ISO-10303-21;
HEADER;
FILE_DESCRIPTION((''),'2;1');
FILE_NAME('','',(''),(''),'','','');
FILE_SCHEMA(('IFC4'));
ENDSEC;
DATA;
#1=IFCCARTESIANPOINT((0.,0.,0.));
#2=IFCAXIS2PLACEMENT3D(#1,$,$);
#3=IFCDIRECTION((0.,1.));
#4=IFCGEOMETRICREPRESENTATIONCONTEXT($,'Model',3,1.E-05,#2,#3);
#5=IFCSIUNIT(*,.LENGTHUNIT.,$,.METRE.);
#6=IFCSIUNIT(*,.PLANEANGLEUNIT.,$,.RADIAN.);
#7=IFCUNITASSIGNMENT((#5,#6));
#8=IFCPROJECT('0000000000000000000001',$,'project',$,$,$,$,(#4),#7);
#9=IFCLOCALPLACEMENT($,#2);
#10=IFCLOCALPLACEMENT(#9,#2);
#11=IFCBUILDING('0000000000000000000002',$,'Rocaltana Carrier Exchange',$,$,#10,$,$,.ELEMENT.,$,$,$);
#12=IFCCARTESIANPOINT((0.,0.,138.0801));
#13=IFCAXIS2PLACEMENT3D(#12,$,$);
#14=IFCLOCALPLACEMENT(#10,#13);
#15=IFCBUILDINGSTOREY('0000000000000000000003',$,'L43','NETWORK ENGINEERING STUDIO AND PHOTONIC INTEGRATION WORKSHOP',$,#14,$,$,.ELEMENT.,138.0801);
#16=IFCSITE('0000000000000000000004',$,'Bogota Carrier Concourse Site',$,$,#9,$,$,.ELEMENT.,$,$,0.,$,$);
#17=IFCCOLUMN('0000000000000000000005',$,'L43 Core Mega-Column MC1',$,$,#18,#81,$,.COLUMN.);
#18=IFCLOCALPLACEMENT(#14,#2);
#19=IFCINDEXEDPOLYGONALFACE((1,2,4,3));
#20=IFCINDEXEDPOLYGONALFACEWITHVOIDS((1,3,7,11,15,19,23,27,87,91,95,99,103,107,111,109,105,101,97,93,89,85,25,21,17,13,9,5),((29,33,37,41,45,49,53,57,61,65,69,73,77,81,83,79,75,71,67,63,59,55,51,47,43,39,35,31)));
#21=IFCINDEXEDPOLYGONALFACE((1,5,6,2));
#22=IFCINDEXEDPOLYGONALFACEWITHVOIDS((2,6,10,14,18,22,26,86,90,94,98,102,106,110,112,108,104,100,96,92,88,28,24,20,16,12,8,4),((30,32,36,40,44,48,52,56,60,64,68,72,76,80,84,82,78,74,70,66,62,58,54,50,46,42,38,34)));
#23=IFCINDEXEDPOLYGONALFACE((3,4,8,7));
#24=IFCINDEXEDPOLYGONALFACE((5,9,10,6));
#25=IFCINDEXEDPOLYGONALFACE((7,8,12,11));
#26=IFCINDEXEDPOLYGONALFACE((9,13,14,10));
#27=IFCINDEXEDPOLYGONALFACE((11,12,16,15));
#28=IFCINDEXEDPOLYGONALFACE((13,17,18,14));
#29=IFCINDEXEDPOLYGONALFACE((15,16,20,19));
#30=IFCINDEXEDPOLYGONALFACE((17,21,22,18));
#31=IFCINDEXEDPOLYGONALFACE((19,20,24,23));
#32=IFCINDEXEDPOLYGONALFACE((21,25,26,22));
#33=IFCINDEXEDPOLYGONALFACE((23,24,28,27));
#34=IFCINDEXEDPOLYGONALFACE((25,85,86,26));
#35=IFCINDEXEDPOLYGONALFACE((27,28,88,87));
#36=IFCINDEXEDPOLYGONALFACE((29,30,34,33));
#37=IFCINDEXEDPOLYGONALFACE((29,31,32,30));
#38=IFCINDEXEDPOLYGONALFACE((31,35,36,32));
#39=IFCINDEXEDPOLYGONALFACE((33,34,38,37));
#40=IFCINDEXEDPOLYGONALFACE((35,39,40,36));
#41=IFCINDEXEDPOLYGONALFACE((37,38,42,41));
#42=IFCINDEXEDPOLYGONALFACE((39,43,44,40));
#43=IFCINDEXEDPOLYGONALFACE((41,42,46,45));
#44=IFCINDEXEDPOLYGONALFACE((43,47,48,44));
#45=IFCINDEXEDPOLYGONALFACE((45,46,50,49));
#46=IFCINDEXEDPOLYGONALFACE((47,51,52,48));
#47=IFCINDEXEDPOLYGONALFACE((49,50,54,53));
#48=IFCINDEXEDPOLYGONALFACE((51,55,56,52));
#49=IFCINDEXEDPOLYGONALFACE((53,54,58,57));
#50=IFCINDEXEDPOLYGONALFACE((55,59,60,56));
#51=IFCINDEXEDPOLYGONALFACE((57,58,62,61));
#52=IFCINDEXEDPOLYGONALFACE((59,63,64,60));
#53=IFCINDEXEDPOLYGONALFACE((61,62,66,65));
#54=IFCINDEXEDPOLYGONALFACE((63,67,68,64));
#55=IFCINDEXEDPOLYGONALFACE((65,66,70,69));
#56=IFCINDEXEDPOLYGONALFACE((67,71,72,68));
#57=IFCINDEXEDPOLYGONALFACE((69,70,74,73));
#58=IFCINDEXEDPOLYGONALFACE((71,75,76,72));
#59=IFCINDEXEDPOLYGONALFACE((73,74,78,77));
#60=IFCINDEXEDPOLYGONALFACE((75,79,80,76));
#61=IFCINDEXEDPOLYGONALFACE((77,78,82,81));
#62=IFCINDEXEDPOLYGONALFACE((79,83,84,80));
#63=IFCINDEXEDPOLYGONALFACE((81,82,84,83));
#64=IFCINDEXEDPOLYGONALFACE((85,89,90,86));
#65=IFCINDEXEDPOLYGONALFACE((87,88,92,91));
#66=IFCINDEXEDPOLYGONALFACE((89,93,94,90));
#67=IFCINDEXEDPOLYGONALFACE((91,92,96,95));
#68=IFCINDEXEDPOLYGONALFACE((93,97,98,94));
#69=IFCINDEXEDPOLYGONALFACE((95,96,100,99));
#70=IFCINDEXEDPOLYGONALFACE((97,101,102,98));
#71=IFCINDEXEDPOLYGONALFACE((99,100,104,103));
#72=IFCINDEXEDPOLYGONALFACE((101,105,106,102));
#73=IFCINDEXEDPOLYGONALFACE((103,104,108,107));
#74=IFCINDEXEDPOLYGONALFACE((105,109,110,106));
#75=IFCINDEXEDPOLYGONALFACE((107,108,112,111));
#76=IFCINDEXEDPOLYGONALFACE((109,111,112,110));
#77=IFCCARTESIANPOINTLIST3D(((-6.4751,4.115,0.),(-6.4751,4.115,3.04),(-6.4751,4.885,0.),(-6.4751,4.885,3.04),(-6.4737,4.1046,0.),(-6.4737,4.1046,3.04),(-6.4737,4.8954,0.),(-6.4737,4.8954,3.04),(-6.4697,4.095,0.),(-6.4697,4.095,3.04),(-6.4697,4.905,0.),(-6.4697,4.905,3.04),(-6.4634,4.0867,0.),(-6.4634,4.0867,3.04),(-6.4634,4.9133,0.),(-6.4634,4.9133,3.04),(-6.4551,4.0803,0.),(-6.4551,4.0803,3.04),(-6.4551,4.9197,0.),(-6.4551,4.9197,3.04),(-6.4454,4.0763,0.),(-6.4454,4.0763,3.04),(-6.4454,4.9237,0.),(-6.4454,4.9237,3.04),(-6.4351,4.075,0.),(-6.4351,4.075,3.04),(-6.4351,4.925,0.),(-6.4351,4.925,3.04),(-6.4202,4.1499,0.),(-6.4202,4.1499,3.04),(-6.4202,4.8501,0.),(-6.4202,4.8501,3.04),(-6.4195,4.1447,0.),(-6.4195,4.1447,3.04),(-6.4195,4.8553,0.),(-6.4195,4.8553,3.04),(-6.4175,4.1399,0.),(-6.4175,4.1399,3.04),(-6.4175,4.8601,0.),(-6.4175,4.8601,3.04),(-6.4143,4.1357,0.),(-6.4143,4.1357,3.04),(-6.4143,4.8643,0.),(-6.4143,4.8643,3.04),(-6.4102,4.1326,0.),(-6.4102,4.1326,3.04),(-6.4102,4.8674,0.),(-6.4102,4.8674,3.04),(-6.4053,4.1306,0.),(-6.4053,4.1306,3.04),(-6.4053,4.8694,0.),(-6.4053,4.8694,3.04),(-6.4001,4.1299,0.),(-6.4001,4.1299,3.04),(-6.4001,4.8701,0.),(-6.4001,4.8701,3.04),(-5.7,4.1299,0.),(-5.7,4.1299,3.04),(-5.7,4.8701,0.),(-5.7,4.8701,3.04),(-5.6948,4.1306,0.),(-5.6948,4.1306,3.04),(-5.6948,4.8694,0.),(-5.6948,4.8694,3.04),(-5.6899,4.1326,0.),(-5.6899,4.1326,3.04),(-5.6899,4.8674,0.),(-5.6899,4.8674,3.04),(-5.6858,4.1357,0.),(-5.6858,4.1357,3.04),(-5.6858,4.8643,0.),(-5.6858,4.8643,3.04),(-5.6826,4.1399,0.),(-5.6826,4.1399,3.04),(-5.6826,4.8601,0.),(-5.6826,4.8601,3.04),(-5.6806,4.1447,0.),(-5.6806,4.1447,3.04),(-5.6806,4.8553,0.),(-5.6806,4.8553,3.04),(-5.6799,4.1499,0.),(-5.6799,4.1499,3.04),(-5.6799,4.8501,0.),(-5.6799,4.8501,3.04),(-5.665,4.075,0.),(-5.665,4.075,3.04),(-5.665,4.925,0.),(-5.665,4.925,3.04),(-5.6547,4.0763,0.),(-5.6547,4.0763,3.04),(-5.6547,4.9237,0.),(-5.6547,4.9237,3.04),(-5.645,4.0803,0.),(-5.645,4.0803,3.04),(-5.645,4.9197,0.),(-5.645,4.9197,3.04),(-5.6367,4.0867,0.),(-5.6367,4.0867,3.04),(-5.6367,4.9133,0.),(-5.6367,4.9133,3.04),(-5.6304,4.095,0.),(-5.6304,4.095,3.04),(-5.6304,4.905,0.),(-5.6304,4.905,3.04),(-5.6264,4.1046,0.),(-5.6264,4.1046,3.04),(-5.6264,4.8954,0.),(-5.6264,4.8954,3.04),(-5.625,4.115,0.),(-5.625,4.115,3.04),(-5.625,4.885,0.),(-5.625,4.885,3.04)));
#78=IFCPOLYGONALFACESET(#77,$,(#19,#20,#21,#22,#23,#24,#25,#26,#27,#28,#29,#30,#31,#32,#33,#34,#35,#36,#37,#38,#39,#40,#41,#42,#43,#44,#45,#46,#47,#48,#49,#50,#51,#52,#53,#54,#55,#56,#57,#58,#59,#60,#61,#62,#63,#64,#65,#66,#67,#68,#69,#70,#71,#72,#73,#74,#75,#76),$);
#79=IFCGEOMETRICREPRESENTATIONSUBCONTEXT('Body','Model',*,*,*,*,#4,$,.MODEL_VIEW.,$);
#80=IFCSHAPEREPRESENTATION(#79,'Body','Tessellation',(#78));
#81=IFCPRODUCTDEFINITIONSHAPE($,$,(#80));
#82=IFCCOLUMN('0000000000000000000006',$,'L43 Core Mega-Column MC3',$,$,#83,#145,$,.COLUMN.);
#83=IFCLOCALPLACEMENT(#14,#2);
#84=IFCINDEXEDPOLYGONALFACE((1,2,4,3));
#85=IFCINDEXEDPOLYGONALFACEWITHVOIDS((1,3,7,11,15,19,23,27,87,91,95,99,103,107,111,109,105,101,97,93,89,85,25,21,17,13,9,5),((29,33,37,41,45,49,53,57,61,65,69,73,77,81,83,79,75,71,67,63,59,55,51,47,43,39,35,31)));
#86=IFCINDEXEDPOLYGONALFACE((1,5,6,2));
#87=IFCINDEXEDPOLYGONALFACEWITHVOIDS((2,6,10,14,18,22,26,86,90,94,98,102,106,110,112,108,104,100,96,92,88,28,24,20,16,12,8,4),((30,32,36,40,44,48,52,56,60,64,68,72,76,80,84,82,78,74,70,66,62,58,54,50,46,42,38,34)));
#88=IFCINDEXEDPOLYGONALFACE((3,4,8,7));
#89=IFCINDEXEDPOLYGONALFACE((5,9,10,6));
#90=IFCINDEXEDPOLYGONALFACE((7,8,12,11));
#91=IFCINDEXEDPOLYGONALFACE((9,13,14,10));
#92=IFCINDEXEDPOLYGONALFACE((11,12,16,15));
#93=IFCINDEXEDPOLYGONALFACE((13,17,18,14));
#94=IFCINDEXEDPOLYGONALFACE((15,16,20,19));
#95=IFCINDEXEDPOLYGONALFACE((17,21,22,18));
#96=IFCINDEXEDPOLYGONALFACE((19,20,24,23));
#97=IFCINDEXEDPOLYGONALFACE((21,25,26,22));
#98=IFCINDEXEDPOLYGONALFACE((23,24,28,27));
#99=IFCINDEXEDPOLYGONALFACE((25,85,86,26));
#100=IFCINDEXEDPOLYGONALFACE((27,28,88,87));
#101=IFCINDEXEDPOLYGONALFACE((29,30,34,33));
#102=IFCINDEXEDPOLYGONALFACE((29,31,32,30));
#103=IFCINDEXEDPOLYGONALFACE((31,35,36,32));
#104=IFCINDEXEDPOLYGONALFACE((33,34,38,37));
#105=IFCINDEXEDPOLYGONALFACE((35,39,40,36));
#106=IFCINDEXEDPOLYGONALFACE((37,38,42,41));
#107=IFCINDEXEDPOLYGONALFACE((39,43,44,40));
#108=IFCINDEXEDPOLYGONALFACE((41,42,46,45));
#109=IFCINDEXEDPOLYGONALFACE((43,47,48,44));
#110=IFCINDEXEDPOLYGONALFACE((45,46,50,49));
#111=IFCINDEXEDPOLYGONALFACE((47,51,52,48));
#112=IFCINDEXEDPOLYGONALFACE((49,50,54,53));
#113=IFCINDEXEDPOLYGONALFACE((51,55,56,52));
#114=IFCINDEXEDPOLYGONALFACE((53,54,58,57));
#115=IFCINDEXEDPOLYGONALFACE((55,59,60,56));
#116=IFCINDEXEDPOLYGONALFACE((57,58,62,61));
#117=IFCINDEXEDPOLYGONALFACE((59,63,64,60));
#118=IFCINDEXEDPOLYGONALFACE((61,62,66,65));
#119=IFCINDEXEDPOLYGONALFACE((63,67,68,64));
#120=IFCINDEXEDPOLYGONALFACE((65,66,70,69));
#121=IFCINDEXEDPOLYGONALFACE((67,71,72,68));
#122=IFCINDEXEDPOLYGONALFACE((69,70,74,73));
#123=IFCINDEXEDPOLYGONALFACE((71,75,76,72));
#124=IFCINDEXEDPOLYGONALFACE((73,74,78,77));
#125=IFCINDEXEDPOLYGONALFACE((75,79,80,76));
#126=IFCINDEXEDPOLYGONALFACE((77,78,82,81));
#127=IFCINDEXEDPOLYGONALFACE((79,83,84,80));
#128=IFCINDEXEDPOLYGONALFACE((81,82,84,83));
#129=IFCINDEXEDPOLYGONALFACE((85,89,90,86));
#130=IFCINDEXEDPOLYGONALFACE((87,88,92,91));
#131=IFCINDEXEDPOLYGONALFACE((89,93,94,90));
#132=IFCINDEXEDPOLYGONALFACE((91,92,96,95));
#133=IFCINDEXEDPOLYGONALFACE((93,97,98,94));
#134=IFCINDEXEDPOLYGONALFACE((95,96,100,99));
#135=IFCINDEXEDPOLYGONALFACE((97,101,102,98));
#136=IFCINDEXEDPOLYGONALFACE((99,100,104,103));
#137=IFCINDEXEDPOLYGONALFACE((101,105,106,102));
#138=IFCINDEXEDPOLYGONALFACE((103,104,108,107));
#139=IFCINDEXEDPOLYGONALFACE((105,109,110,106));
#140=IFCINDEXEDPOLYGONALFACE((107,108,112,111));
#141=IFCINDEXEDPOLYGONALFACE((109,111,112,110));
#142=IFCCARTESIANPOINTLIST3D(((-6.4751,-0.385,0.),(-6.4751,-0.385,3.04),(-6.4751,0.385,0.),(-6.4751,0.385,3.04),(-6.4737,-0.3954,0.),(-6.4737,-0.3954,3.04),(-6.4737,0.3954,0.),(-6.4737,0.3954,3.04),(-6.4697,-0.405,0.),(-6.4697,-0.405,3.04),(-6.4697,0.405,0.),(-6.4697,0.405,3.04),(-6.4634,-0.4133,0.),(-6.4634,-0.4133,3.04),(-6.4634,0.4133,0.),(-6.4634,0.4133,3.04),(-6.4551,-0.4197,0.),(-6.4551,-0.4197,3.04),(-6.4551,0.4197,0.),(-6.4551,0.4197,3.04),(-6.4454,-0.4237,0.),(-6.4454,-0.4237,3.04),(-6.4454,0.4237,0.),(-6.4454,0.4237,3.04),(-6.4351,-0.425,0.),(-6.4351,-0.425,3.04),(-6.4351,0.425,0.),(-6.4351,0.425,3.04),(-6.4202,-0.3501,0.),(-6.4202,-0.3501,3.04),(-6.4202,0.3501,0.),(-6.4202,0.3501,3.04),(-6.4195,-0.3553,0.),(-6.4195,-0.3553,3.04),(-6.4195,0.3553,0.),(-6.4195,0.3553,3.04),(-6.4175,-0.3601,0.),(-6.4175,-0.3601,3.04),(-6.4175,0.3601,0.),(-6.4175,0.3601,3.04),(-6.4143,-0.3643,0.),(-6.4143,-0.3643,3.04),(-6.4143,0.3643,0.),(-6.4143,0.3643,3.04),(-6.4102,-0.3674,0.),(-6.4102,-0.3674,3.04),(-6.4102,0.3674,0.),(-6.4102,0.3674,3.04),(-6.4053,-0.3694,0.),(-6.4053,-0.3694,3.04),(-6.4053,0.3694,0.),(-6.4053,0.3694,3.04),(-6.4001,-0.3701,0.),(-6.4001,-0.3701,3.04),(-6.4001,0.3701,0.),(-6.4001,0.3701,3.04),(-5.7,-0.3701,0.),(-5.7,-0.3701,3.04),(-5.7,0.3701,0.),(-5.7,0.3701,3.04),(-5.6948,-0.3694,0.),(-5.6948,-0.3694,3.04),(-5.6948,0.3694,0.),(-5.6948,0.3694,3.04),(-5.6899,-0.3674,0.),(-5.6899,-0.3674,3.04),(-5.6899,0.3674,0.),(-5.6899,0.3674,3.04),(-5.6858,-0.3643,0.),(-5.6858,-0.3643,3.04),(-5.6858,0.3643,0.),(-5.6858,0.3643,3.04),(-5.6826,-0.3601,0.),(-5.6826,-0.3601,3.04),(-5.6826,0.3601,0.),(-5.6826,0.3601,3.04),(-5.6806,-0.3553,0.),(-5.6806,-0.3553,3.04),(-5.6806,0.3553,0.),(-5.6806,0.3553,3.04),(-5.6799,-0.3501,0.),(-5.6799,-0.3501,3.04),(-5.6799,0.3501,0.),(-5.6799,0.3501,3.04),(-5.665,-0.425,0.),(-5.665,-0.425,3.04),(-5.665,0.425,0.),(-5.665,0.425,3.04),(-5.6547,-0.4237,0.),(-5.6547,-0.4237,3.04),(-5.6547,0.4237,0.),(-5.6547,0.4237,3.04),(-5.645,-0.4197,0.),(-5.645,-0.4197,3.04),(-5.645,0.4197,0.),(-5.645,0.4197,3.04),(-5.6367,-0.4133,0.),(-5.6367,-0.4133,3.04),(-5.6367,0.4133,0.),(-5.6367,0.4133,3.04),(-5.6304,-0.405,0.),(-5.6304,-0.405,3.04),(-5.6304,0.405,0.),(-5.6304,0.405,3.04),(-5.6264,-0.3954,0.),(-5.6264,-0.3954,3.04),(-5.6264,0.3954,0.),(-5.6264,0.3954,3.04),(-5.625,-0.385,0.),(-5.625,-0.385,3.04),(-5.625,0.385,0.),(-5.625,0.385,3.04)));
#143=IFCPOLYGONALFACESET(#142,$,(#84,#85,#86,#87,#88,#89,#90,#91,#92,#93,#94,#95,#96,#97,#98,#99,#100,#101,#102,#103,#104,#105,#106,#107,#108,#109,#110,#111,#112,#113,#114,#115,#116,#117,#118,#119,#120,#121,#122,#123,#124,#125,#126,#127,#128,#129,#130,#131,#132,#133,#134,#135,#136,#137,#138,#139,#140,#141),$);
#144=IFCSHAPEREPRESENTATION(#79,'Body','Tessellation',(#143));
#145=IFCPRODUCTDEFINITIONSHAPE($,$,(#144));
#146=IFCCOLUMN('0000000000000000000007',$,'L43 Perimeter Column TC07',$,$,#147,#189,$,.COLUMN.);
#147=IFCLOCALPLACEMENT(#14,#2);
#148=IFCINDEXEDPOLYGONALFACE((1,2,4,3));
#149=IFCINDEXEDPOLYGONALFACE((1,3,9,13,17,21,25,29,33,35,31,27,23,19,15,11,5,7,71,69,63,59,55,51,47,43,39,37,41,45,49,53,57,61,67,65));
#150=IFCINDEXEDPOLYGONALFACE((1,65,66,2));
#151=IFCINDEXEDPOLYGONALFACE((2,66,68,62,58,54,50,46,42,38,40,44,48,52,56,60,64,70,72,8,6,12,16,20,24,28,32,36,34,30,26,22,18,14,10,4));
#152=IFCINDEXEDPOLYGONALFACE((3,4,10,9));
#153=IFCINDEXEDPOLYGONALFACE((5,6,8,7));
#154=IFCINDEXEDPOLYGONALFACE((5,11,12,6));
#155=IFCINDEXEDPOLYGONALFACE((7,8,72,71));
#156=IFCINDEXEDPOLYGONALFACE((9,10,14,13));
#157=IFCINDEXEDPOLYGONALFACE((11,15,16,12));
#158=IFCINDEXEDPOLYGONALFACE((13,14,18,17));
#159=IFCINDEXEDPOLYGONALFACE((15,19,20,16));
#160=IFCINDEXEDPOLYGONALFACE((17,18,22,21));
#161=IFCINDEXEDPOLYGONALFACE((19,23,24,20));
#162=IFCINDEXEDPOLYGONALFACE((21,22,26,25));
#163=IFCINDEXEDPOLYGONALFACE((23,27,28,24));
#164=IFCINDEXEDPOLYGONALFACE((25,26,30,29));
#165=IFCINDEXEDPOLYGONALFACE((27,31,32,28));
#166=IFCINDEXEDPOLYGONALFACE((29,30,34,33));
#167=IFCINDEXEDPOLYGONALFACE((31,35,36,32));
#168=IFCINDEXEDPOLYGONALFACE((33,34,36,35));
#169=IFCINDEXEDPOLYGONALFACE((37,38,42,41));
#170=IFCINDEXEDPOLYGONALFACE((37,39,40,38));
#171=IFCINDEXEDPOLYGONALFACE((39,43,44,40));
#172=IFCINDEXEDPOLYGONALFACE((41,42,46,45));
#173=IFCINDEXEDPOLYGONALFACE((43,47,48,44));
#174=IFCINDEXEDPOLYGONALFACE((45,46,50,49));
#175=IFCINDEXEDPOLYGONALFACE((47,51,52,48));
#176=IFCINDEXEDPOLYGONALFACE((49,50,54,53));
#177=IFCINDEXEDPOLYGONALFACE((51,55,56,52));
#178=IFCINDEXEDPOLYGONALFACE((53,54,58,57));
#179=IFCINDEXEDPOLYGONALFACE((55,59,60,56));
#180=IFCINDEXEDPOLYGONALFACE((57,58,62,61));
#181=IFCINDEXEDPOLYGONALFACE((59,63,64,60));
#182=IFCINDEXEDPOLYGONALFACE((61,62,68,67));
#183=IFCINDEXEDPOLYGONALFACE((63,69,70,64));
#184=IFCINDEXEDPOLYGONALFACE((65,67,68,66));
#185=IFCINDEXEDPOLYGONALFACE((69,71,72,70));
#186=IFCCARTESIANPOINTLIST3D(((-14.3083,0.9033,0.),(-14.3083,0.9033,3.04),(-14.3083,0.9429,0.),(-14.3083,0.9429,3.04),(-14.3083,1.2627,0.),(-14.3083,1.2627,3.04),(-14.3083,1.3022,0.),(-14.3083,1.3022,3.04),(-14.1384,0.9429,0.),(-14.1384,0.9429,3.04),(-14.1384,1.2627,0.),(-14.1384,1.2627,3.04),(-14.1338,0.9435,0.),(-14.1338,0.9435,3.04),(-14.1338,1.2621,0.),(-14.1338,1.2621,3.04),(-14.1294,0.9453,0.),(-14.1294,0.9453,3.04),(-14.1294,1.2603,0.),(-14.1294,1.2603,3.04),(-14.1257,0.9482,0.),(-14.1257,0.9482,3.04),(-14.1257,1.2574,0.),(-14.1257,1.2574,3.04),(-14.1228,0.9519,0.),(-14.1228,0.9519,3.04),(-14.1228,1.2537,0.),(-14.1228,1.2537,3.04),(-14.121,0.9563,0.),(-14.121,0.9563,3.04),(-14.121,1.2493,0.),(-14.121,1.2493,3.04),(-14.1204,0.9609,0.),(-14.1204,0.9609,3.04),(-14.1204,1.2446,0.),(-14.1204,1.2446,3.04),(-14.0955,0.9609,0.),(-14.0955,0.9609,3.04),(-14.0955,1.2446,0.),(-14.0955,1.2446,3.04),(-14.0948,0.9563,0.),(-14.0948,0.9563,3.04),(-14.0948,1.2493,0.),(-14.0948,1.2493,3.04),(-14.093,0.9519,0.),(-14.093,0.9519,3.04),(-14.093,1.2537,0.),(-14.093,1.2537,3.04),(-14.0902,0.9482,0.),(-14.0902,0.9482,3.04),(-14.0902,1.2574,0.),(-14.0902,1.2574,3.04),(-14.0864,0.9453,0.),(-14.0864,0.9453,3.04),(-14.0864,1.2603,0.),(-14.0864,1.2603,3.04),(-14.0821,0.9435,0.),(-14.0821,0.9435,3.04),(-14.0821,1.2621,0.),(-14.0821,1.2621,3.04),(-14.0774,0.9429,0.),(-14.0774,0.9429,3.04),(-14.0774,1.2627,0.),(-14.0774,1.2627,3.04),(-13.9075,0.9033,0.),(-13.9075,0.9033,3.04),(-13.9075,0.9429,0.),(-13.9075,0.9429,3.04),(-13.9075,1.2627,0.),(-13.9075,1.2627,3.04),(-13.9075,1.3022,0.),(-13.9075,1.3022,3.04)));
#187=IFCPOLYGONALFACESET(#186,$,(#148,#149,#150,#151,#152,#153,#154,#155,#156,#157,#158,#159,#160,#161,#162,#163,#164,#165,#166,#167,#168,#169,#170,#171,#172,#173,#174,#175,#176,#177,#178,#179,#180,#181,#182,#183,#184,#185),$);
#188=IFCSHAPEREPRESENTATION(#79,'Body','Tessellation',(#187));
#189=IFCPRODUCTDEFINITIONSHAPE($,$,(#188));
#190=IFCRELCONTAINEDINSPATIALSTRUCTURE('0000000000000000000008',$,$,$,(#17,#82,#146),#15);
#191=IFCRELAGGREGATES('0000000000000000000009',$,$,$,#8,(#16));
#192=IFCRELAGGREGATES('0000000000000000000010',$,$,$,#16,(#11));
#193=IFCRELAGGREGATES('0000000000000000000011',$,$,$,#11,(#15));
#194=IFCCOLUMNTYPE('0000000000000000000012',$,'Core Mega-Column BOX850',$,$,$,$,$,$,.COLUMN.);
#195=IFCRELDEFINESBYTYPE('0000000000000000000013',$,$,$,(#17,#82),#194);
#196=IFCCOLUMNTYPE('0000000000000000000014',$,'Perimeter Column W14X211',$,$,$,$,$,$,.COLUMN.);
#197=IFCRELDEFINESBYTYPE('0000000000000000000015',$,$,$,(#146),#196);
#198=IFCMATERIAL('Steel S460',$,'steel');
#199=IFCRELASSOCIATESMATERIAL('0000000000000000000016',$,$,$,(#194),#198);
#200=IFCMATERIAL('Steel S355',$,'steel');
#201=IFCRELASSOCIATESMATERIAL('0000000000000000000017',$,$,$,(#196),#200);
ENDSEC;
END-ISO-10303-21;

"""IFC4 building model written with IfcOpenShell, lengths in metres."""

from ifc_helpers import new_model, si_unit, direction, frame, origin, origin_2d, place, context, subcontext, project, spatial, hollow_rectangle, i_section, extrude, material, material_profile, profile_set, type_object, element, save


model = new_model("IFC4")

# Units and contexts
model_context = context("Model", 3, precision=1e-05, world=origin(), true_north=direction((0.0, 1.0)))
body_context = subcontext(model_context, "Body", "Model", "MODEL_VIEW")
ifc_project = project(units=[si_unit("LENGTHUNIT", "METRE"), si_unit("PLANEANGLEUNIT", "RADIAN")], contexts=[model_context])

# Site, building, storey
site_placement = place(None, origin())
site = spatial("IfcSite", under=ifc_project, at=site_placement, Name="Bogota Carrier Concourse Site", CompositionType="ELEMENT", RefElevation=0.0)
building_placement = place(site_placement, origin())
building = spatial("IfcBuilding", under=site, at=building_placement, Name="Rocaltana Carrier Exchange", CompositionType="ELEMENT")
storey_placement = place(building_placement, frame((0.0, 0.0, 138.0801)))
storey = spatial("IfcBuildingStorey", under=building, at=storey_placement, Name="L43", Description="NETWORK ENGINEERING STUDIO AND PHOTONIC INTEGRATION WORKSHOP", CompositionType="ELEMENT", Elevation=138.0801)

# Columns
ifc_material_1 = material(Name="Steel S460", Category="steel")
ifc_material_profile_1 = material_profile(ifc_material_1, hollow_rectangle(XDim=0.8501, YDim=0.8501, WallThickness=0.0549, InnerFilletRadius=0.02, OuterFilletRadius=0.04, at=origin_2d()), Name="BOX850X850X55")
ifc_profile_set_1 = profile_set([ifc_material_profile_1], Name="Steel S460")
column_type_1 = type_object("IfcColumnType", Name="Core Mega-Column BOX850", PredefinedType="COLUMN", material=ifc_profile_set_1)
for number, where, z_axis, x_axis, name in (
    (1, (-6.05, 4.5, 0.0), (0.0, 0.0, 1.0), (1.0, 0.0, 0.0), "L43 Core Mega-Column MC1"),
    (2, (-6.05, 0.0, 0.0), (0.0, 0.0, 1.0), (1.0, 0.0, 0.0), "L43 Core Mega-Column MC3"),
):
    element("IfcColumn", number, at=place(storey_placement, frame(where, z_axis=z_axis, x_axis=x_axis)), inside=storey, type_object=column_type_1, Name=name, PredefinedType="COLUMN", context=body_context, shape_type="SweptSolid", body=[
        extrude(hollow_rectangle(XDim=0.8501, YDim=0.8501, WallThickness=0.0549, InnerFilletRadius=0.02, OuterFilletRadius=0.04, at=origin_2d()), origin(), (0.0, 0.0, 1.0), 3.04),
    ])
ifc_material_2 = material(Name="Steel S355", Category="steel")
ifc_material_profile_2 = material_profile(ifc_material_2, i_section(OverallWidth=0.4009, OverallDepth=0.3989, WebThickness=0.0249, FlangeThickness=0.0396, FilletRadius=0.0181, at=origin_2d()), Name="W14X211")
ifc_profile_set_2 = profile_set([ifc_material_profile_2], Name="Steel S355")
column_type_2 = type_object("IfcColumnType", Name="Perimeter Column W14X211", PredefinedType="COLUMN", material=ifc_profile_set_2)
column_placement = place(storey_placement, frame((-14.1079, 1.1028, 0.0), z_axis=(0.0, 0.0, 1.0), x_axis=(1.0, 0.0, 0.0)))
element("IfcColumn", 3, at=column_placement, inside=storey, type_object=column_type_2, Name="L43 Perimeter Column TC07", PredefinedType="COLUMN", context=body_context, shape_type="SweptSolid", body=[
    extrude(i_section(OverallWidth=0.4009, OverallDepth=0.3989, WebThickness=0.0249, FlangeThickness=0.0396, FilletRadius=0.0181, at=origin_2d()), origin(), (0.0, 0.0, 1.0), 3.04),
])

save(model, "model.ifc")
